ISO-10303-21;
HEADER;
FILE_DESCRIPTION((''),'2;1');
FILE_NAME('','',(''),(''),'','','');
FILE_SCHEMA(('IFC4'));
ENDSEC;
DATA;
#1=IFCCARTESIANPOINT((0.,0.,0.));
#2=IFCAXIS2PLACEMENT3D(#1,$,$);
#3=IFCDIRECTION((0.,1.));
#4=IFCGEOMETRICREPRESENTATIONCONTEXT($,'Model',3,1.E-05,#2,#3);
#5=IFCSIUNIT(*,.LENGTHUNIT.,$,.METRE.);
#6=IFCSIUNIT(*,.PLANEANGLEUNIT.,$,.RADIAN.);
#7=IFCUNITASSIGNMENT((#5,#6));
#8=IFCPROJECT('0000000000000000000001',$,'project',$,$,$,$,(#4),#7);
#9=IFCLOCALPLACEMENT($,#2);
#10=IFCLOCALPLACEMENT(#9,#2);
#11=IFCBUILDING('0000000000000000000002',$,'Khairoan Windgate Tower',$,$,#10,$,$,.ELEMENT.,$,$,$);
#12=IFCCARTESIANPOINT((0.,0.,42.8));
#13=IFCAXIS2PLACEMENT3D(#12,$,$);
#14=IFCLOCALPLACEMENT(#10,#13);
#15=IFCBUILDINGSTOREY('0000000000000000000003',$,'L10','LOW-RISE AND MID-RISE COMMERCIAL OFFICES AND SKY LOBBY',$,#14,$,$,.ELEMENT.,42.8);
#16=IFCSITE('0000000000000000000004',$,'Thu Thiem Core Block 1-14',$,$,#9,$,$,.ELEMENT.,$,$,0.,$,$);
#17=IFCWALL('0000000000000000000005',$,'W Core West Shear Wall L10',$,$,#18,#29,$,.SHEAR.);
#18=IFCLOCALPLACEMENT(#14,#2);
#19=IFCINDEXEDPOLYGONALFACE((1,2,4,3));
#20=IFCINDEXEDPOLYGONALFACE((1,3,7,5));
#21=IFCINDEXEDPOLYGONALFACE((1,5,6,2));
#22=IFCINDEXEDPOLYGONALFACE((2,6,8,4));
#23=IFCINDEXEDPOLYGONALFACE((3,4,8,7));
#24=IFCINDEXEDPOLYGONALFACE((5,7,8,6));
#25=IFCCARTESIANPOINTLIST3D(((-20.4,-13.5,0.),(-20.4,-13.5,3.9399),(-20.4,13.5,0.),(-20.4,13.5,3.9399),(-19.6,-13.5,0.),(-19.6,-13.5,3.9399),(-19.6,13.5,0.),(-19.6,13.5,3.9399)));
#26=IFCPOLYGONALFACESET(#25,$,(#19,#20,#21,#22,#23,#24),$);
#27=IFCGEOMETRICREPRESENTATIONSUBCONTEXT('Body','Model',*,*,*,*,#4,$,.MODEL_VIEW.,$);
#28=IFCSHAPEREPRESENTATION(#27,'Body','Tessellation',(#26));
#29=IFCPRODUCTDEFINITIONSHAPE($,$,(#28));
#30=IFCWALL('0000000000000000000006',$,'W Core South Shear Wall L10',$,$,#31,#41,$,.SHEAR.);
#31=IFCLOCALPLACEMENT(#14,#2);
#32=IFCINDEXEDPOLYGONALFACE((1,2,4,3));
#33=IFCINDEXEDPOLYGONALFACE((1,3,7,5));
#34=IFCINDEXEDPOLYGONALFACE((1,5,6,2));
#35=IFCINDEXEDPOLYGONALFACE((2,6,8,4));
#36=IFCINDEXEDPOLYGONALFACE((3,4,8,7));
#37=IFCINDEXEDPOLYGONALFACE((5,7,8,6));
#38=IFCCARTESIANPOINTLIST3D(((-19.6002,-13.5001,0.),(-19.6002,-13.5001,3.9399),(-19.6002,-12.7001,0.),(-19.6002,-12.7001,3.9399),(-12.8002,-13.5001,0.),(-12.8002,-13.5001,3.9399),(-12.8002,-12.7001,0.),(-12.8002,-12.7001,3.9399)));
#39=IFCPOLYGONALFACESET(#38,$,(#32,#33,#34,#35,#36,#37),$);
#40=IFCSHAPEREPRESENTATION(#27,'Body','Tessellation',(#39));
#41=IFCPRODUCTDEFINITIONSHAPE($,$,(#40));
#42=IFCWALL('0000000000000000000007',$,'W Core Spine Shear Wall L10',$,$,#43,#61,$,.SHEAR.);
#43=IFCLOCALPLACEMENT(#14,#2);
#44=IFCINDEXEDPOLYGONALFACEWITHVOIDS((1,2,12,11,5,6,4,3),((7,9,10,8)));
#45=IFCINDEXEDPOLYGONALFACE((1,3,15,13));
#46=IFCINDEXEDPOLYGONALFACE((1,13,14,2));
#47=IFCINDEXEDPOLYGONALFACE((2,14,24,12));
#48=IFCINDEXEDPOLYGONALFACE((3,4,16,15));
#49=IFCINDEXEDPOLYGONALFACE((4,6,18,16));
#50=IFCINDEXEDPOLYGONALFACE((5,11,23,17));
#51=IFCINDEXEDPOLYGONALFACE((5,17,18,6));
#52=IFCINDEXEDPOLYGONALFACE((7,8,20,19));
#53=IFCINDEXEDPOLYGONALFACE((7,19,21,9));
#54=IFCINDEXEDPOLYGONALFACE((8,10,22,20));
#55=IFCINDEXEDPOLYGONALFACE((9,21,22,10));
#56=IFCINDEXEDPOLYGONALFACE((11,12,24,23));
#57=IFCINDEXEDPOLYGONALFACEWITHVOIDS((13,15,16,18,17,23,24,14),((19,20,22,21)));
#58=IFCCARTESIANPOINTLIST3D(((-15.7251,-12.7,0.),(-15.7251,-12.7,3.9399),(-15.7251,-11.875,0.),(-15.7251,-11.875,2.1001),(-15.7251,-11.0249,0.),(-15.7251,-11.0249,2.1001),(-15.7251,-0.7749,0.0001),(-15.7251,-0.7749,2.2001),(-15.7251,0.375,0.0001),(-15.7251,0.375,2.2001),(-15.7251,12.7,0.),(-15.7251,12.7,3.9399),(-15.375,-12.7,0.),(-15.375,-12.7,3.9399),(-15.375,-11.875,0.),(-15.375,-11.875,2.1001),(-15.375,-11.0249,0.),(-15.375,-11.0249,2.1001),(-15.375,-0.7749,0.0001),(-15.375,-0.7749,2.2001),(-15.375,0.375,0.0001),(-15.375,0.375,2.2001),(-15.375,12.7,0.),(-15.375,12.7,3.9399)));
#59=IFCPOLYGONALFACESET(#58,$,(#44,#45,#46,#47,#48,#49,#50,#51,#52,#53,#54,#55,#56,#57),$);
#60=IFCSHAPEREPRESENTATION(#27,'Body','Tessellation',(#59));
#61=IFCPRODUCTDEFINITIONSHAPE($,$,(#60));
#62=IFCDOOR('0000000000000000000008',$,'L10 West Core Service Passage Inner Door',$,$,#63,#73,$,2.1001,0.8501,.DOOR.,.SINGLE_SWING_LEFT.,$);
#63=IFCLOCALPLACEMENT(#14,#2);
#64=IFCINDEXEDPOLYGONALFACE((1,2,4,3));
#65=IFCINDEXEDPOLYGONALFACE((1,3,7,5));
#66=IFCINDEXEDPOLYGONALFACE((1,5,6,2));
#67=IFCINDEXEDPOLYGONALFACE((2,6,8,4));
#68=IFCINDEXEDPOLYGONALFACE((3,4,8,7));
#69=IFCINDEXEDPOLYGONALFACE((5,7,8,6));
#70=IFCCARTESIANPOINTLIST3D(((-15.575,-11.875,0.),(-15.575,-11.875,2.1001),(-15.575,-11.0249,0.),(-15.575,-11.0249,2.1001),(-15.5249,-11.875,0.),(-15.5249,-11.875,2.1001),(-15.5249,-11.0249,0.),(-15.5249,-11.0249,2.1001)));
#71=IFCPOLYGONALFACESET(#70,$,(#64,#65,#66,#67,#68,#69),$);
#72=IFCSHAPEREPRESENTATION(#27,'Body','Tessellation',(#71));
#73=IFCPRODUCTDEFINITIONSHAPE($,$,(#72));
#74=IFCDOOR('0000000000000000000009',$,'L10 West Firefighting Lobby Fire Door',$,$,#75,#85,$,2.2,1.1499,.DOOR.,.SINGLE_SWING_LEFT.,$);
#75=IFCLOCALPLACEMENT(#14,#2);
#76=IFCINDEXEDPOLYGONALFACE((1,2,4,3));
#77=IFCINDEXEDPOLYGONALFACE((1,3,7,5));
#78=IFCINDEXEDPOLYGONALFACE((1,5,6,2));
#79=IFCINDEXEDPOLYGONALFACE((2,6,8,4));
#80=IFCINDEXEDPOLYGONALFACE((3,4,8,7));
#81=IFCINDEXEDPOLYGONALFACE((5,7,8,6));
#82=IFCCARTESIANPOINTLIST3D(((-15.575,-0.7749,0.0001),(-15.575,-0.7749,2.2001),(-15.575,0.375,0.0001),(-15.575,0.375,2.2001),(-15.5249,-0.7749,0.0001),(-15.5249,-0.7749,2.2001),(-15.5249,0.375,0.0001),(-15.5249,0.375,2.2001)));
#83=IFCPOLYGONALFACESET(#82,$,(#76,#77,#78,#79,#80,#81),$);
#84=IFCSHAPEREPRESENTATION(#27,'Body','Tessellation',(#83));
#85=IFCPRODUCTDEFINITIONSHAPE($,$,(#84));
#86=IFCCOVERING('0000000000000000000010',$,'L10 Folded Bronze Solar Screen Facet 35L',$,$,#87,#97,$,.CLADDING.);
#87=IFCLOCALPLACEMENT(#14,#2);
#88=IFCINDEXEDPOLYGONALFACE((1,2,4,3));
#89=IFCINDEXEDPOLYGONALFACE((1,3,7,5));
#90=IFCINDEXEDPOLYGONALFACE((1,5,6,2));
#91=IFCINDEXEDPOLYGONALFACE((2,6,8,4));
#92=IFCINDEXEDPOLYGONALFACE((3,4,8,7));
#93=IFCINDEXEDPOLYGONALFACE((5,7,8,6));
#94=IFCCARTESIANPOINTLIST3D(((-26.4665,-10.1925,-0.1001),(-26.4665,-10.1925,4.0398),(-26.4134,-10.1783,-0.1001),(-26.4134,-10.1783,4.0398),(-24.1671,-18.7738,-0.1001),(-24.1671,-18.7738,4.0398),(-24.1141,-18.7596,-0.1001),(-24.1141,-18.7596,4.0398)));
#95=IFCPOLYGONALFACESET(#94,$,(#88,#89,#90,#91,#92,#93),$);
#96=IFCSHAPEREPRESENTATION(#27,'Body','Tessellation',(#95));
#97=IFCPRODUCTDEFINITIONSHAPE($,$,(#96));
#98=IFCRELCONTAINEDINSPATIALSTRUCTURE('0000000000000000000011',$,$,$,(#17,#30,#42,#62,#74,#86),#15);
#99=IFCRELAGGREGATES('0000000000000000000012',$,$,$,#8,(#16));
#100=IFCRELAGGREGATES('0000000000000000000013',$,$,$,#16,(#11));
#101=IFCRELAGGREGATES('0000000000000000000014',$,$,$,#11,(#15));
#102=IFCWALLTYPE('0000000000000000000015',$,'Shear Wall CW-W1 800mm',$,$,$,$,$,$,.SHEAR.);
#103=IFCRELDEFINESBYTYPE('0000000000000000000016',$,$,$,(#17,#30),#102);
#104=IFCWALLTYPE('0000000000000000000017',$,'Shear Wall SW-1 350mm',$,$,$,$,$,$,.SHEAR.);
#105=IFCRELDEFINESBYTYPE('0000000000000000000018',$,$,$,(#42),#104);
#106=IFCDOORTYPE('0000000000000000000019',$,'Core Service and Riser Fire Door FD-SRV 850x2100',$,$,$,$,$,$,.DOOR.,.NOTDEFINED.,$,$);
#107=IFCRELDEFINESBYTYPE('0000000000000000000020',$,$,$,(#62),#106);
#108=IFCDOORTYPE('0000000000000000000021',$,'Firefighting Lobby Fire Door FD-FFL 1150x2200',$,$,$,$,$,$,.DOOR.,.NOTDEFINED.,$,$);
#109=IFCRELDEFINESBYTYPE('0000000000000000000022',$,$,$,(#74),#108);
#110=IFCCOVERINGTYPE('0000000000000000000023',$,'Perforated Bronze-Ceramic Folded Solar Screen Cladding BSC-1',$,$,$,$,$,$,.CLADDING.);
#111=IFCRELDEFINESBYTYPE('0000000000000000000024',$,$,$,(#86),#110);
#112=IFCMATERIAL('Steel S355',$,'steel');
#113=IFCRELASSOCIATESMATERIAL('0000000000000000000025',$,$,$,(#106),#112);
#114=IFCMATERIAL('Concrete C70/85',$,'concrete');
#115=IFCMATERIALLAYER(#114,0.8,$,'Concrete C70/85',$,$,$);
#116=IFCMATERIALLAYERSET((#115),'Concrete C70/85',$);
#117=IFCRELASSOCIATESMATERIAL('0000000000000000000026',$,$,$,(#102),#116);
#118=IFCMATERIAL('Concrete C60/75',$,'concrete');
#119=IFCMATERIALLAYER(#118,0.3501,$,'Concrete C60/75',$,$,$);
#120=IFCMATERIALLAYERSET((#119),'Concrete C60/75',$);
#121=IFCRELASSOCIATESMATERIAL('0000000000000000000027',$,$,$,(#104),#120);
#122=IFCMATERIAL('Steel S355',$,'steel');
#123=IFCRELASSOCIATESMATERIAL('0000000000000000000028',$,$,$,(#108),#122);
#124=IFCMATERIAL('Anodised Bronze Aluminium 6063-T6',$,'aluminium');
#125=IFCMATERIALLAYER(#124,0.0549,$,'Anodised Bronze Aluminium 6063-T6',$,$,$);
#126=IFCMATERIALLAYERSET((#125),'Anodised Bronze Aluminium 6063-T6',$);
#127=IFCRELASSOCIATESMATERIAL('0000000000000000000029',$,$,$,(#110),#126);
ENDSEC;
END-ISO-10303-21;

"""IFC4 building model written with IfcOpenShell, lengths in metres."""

from ifc_helpers import new_model, si_unit, direction, frame, frame_2d, origin, origin_2d, place, context, subcontext, project, spatial, rectangle, extrude, material, layer, layer_set, type_object, element, fill, save


model = new_model("IFC4")

# Units and contexts
model_context = context("Model", 3, precision=1e-05, world=origin(), true_north=direction((0.0, 1.0)))
body_context = subcontext(model_context, "Body", "Model", "MODEL_VIEW")
ifc_project = project(units=[si_unit("LENGTHUNIT", "METRE"), si_unit("PLANEANGLEUNIT", "RADIAN")], contexts=[model_context])

# Site, building, storey
site_placement = place(None, origin())
site = spatial("IfcSite", under=ifc_project, at=site_placement, Name="Thu Thiem Core Block 1-14", CompositionType="ELEMENT", RefElevation=0.0)
building_placement = place(site_placement, origin())
building = spatial("IfcBuilding", under=site, at=building_placement, Name="Khairoan Windgate Tower", CompositionType="ELEMENT")
storey_placement = place(building_placement, frame((0.0, 0.0, 42.8)))
storey = spatial("IfcBuildingStorey", under=building, at=storey_placement, Name="L10", Description="LOW-RISE AND MID-RISE COMMERCIAL OFFICES AND SKY LOBBY", CompositionType="ELEMENT", Elevation=42.8)

# Shared definitions
ifc_material_1 = material(Name="Steel S355", Category="steel")
door_type_1 = type_object("IfcDoorType", Name="Core Service and Riser Fire Door FD-SRV 850x2100", OperationType="NOTDEFINED", PredefinedType="DOOR", material=ifc_material_1)

# Walls
ifc_material_2 = material(Name="Concrete C70/85", Category="concrete")
ifc_layer_1 = layer(ifc_material_2, 0.8, Name="Concrete C70/85")
ifc_layer_set_1 = layer_set([ifc_layer_1], Name="Concrete C70/85")
wall_type_1 = type_object("IfcWallType", Name="Shear Wall CW-W1 800mm", PredefinedType="SHEAR", material=ifc_layer_set_1)
wall_1_placement = place(storey_placement, frame((-20.0, -13.5, 0.0), z_axis=(0.0, 0.0, 1.0), x_axis=(0.0, 1.0, 0.0)))
element("IfcWall", 1, at=wall_1_placement, inside=storey, type_object=wall_type_1, Name="W Core West Shear Wall L10", PredefinedType="SHEAR", context=body_context, shape_type="SweptSolid", body=[
    extrude(rectangle(XDim=27.0, YDim=0.8, at=frame_2d((13.5, 0.0))), origin(), (0.0, 0.0, 1.0), 3.9399),
])
wall_2_placement = place(storey_placement, frame((-19.6001, -13.1001, 0.0), z_axis=(0.0, 0.0, 1.0), x_axis=(1.0, 0.0, 0.0)))
element("IfcWall", 2, at=wall_2_placement, inside=storey, type_object=wall_type_1, Name="W Core South Shear Wall L10", PredefinedType="SHEAR", context=body_context, shape_type="SweptSolid", body=[
    extrude(rectangle(XDim=6.8, YDim=0.8, at=frame_2d((3.3999, 0.0))), origin(), (0.0, 0.0, 1.0), 3.9399),
])

# Wall, openings, doors
ifc_material_3 = material(Name="Concrete C60/75", Category="concrete")
ifc_layer_2 = layer(ifc_material_3, 0.3501, Name="Concrete C60/75")
ifc_layer_set_2 = layer_set([ifc_layer_2], Name="Concrete C60/75")
wall_type_2 = type_object("IfcWallType", Name="Shear Wall SW-1 350mm", PredefinedType="SHEAR", material=ifc_layer_set_2)
wall_3_placement = place(storey_placement, frame((-15.55, -12.7, 0.0), z_axis=(0.0, 0.0, 1.0), x_axis=(0.0, 1.0, 0.0)))
wall_3 = element("IfcWall", 3, at=wall_3_placement, inside=storey, type_object=wall_type_2, Name="W Core Spine Shear Wall L10", PredefinedType="SHEAR", context=body_context, shape_type="SweptSolid", body=[
    extrude(rectangle(XDim=25.3999, YDim=0.3501, at=frame_2d((12.7, 0.0))), origin(), (0.0, 0.0, 1.0), 3.9399),
])
opening_1_placement = place(wall_3_placement, frame((11.925, 0.0, 0.0)))
opening_1 = element("IfcOpeningElement", 4, at=opening_1_placement, cuts=wall_3, PredefinedType="OPENING", context=body_context, shape_type="SweptSolid", body=[
    extrude(rectangle(XDim=1.1499, YDim=2.2, at=frame_2d((0.575, 1.1001))), frame((0.0, 0.1851, 0.0), z_axis=(0.0, -1.0, 0.0), x_axis=(1.0, 0.0, 0.0)), (0.0, 0.0, 1.0), 0.3701),
])
opening_2_placement = place(wall_3_placement, frame((0.825, 0.0, 0.0)))
opening_2 = element("IfcOpeningElement", 5, at=opening_2_placement, cuts=wall_3, PredefinedType="OPENING", context=body_context, shape_type="SweptSolid", body=[
    extrude(rectangle(XDim=0.8501, YDim=2.1001, at=frame_2d((0.425, 1.05))), frame((0.0, 0.1851, 0.0), z_axis=(0.0, -1.0, 0.0), x_axis=(1.0, 0.0, 0.0)), (0.0, 0.0, 1.0), 0.3701),
])
door_1_placement = place(opening_2_placement, origin())
door_1 = element("IfcDoor", 6, at=door_1_placement, inside=storey, type_object=door_type_1, Name="L10 West Core Service Passage Inner Door", OperationType="SINGLE_SWING_LEFT", OverallHeight=2.1001, OverallWidth=0.8501, PredefinedType="DOOR", context=body_context, shape_type="SweptSolid", body=[
    extrude(rectangle(XDim=0.8501, YDim=2.1001, at=frame_2d((0.425, 1.05))), frame((0.0, 0.0249, 0.0), z_axis=(0.0, -1.0, 0.0), x_axis=(1.0, 0.0, 0.0)), (0.0, 0.0, 1.0), 0.05),
])
fill(opening_2, door_1)
ifc_material_4 = material(Name="Steel S355", Category="steel")
door_type_2 = type_object("IfcDoorType", Name="Firefighting Lobby Fire Door FD-FFL 1150x2200", OperationType="NOTDEFINED", PredefinedType="DOOR", material=ifc_material_4)
door_2_placement = place(opening_1_placement, origin())
door_2 = element("IfcDoor", 7, at=door_2_placement, inside=storey, type_object=door_type_2, Name="L10 West Firefighting Lobby Fire Door", OperationType="SINGLE_SWING_LEFT", OverallHeight=2.2, OverallWidth=1.1499, PredefinedType="DOOR", context=body_context, shape_type="SweptSolid", body=[
    extrude(rectangle(XDim=1.1499, YDim=2.2, at=frame_2d((0.575, 1.1001))), frame((0.0, 0.0249, 0.0), z_axis=(0.0, -1.0, 0.0), x_axis=(1.0, 0.0, 0.0)), (0.0, 0.0, 1.0), 0.05),
])
fill(opening_1, door_2)

# Covering
ifc_material_5 = material(Name="Anodised Bronze Aluminium 6063-T6", Category="aluminium")
ifc_layer_3 = layer(ifc_material_5, 0.0549, Name="Anodised Bronze Aluminium 6063-T6")
ifc_layer_set_3 = layer_set([ifc_layer_3], Name="Anodised Bronze Aluminium 6063-T6")
covering_type = type_object("IfcCoveringType", Name="Perforated Bronze-Ceramic Folded Solar Screen Cladding BSC-1", PredefinedType="CLADDING", material=ifc_layer_set_3)
covering_placement = place(storey_placement, frame((-25.2903, -14.4761, -0.1001), z_axis=(0.0, 0.0, 1.0), x_axis=(-0.258819, 0.965926, 0.0)))
element("IfcCovering", 8, at=covering_placement, inside=storey, type_object=covering_type, Name="L10 Folded Bronze Solar Screen Facet 35L", PredefinedType="CLADDING", context=body_context, shape_type="SweptSolid", body=[
    extrude(rectangle(XDim=8.884, YDim=0.0549, at=origin_2d()), origin(), (0.0, 0.0, 1.0), 4.1399),
])

save(model, "model.ifc")
